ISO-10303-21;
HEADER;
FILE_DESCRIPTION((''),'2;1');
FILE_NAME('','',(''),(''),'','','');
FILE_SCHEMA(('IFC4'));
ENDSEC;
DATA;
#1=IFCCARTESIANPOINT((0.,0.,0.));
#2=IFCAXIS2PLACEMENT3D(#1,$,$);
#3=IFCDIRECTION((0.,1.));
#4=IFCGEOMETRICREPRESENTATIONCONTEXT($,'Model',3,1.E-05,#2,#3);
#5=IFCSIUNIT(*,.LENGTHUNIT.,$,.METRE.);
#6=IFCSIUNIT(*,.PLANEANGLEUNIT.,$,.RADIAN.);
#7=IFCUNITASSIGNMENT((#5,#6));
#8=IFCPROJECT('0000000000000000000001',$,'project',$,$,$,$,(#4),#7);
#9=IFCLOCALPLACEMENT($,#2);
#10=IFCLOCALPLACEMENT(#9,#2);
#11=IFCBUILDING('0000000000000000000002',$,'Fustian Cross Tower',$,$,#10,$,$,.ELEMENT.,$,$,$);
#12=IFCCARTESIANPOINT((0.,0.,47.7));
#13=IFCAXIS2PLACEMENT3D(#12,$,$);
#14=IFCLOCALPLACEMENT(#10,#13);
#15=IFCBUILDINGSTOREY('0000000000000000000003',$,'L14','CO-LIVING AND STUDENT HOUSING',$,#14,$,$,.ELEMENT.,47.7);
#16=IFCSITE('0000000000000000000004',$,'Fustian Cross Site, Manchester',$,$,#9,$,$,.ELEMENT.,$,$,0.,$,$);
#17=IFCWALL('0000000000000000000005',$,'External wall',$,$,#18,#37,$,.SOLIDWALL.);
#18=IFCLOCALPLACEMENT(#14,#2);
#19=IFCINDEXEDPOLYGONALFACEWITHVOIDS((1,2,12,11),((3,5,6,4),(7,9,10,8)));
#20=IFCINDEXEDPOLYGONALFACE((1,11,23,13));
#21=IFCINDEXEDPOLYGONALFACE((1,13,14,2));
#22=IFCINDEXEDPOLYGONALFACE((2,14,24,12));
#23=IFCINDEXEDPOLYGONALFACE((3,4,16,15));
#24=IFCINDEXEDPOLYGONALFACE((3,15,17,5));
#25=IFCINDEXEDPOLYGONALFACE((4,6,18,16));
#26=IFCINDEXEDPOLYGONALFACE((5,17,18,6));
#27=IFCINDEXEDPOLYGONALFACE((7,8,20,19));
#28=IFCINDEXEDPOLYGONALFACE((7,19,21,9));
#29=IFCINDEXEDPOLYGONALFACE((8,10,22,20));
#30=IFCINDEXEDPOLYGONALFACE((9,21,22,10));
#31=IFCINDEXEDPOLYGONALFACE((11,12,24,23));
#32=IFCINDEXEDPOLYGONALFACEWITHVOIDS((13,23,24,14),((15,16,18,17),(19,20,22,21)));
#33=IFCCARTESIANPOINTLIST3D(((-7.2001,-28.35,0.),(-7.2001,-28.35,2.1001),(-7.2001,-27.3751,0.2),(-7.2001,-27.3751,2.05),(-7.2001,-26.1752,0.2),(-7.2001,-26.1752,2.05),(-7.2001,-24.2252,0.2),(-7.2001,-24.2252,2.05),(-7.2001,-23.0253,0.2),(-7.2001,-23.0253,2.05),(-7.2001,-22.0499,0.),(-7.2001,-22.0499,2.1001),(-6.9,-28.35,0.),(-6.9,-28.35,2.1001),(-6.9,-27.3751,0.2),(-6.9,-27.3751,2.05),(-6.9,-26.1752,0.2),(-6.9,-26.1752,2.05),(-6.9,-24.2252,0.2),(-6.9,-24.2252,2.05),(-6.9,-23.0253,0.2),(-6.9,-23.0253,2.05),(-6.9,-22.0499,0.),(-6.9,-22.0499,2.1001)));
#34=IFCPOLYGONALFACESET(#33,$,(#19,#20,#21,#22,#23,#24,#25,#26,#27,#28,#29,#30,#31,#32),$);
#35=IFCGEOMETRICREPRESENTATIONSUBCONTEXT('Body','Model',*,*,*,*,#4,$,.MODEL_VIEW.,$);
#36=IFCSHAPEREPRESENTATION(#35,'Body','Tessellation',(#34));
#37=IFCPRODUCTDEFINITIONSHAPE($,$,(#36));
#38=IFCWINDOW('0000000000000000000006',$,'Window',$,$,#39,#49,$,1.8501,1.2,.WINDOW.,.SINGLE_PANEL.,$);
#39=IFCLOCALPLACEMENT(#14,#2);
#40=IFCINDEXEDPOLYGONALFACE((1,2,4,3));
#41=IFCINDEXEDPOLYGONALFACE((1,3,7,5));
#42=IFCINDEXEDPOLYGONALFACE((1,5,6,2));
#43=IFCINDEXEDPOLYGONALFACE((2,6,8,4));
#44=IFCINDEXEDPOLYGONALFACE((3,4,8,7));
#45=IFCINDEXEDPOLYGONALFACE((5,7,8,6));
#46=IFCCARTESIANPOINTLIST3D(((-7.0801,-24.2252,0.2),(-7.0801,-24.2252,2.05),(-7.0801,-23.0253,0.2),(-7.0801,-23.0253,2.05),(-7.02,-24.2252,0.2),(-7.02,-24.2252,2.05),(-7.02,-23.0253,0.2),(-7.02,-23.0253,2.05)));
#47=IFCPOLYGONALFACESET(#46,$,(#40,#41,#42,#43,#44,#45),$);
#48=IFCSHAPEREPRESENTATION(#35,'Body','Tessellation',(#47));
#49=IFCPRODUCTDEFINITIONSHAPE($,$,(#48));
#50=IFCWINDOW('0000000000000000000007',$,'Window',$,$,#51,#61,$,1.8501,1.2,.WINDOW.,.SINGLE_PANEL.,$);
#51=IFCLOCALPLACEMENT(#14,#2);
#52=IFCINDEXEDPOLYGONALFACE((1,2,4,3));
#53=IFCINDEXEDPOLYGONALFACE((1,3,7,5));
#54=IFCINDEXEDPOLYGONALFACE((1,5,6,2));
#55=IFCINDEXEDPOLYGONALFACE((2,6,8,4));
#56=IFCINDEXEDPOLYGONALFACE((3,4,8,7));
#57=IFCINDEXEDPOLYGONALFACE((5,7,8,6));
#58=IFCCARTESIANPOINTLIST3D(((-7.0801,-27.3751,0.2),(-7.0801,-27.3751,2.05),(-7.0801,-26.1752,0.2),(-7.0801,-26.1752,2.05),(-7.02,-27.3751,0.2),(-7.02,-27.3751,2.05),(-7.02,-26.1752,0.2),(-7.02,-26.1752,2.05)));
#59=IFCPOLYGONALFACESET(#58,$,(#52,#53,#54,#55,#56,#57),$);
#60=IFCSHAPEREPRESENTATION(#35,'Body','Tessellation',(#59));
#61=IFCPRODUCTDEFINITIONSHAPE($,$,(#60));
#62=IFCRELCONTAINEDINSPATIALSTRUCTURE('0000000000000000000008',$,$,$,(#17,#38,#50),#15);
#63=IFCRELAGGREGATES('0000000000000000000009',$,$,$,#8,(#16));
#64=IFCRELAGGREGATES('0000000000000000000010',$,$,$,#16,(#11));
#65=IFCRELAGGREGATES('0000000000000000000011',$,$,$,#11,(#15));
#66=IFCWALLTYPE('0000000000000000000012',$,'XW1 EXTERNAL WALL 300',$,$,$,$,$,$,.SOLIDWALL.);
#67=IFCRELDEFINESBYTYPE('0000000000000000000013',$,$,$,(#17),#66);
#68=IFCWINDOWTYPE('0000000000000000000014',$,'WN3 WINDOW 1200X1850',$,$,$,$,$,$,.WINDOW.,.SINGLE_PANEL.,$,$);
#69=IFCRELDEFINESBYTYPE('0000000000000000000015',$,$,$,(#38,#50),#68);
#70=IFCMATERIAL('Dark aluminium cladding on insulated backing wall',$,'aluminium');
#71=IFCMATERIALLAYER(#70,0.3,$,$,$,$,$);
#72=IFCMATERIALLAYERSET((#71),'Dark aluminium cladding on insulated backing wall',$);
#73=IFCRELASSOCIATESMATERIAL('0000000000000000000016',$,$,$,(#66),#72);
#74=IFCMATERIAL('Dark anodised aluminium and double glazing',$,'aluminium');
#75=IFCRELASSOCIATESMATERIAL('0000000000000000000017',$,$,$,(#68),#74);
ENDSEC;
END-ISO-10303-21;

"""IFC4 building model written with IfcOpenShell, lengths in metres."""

from ifc_helpers import new_model, si_unit, direction, frame, frame_2d, origin, place, context, subcontext, project, spatial, rectangle, extrude, material, layer, layer_set, type_object, element, fill, save


model = new_model("IFC4")

# Units and contexts
model_context = context("Model", 3, precision=1e-05, world=origin(), true_north=direction((0.0, 1.0)))
body_context = subcontext(model_context, "Body", "Model", "MODEL_VIEW")
ifc_project = project(units=[si_unit("LENGTHUNIT", "METRE"), si_unit("PLANEANGLEUNIT", "RADIAN")], contexts=[model_context])

# Site, building, storey
site_placement = place(None, origin())
site = spatial("IfcSite", under=ifc_project, at=site_placement, Name="Fustian Cross Site, Manchester", CompositionType="ELEMENT", RefElevation=0.0)
building_placement = place(site_placement, origin())
building = spatial("IfcBuilding", under=site, at=building_placement, Name="Fustian Cross Tower", CompositionType="ELEMENT")
storey_placement = place(building_placement, frame((0.0, 0.0, 47.7)))
storey = spatial("IfcBuildingStorey", under=building, at=storey_placement, Name="L14", Description="CO-LIVING AND STUDENT HOUSING", CompositionType="ELEMENT", Elevation=47.7)

# Shared definitions
ifc_material_1 = material(Name="Dark aluminium cladding on insulated backing wall", Category="aluminium")
ifc_layer_1 = layer(ifc_material_1, 0.3)
ifc_layer_set_1 = layer_set([ifc_layer_1], Name="Dark aluminium cladding on insulated backing wall")
wall_type_1 = type_object("IfcWallType", Name="XW1 EXTERNAL WALL 300", PredefinedType="SOLIDWALL", material=ifc_layer_set_1)

# Shared definitions
ifc_material_2 = material(Name="Dark anodised aluminium and double glazing", Category="aluminium")
window_type = type_object("IfcWindowType", Name="WN3 WINDOW 1200X1850", PartitioningType="SINGLE_PANEL", PredefinedType="WINDOW", material=ifc_material_2)

# Wall, openings, windows
wall_1_placement = place(storey_placement, frame((-7.05, -22.05, 0.0), z_axis=(0.0, 0.0, 1.0), x_axis=(0.0, -1.0, 0.0)))
wall_1 = element("IfcWall", 1, at=wall_1_placement, inside=storey, type_object=wall_type_1, Name="External wall", PredefinedType="SOLIDWALL", context=body_context, shape_type="SweptSolid", body=[
    extrude(rectangle(XDim=6.3, YDim=0.3, at=frame_2d((3.1499, 0.0))), origin(), (0.0, 0.0, 1.0), 2.1001),
])
opening_1_placement = place(wall_1_placement, frame((0.9751, 0.0, 0.2)))
opening_1 = element("IfcOpeningElement", 2, at=opening_1_placement, cuts=wall_1, PredefinedType="OPENING", context=body_context, shape_type="SweptSolid", body=[
    extrude(rectangle(XDim=1.2, YDim=1.8501, at=frame_2d((0.6001, 0.925))), frame((0.0, 0.1599, 0.0), z_axis=(0.0, -1.0, 0.0), x_axis=(1.0, 0.0, 0.0)), (0.0, 0.0, 1.0), 0.3201),
])
opening_2_placement = place(wall_1_placement, frame((4.125, 0.0, 0.2)))
opening_2 = element("IfcOpeningElement", 3, at=opening_2_placement, cuts=wall_1, PredefinedType="OPENING", context=body_context, shape_type="SweptSolid", body=[
    extrude(rectangle(XDim=1.2, YDim=1.8501, at=frame_2d((0.6001, 0.925))), frame((0.0, 0.1599, 0.0), z_axis=(0.0, -1.0, 0.0), x_axis=(1.0, 0.0, 0.0)), (0.0, 0.0, 1.0), 0.3201),
])
window_1_placement = place(opening_1_placement, origin())
window_1 = element("IfcWindow", 4, at=window_1_placement, inside=storey, type_object=window_type, Name="Window", OverallHeight=1.8501, OverallWidth=1.2, PartitioningType="SINGLE_PANEL", PredefinedType="WINDOW", context=body_context, shape_type="SweptSolid", body=[
    extrude(rectangle(XDim=1.2, YDim=1.8501, at=frame_2d((0.6001, 0.925))), frame((0.0, 0.03, 0.0), z_axis=(0.0, -1.0, 0.0), x_axis=(1.0, 0.0, 0.0)), (0.0, 0.0, 1.0), 0.0601),
])
fill(opening_1, window_1)
window_2_placement = place(opening_2_placement, origin())
window_2 = element("IfcWindow", 5, at=window_2_placement, inside=storey, type_object=window_type, Name="Window", OverallHeight=1.8501, OverallWidth=1.2, PartitioningType="SINGLE_PANEL", PredefinedType="WINDOW", context=body_context, shape_type="SweptSolid", body=[
    extrude(rectangle(XDim=1.2, YDim=1.8501, at=frame_2d((0.6001, 0.925))), frame((0.0, 0.03, 0.0), z_axis=(0.0, -1.0, 0.0), x_axis=(1.0, 0.0, 0.0)), (0.0, 0.0, 1.0), 0.0601),
])
fill(opening_2, window_2)

save(model, "model.ifc")
